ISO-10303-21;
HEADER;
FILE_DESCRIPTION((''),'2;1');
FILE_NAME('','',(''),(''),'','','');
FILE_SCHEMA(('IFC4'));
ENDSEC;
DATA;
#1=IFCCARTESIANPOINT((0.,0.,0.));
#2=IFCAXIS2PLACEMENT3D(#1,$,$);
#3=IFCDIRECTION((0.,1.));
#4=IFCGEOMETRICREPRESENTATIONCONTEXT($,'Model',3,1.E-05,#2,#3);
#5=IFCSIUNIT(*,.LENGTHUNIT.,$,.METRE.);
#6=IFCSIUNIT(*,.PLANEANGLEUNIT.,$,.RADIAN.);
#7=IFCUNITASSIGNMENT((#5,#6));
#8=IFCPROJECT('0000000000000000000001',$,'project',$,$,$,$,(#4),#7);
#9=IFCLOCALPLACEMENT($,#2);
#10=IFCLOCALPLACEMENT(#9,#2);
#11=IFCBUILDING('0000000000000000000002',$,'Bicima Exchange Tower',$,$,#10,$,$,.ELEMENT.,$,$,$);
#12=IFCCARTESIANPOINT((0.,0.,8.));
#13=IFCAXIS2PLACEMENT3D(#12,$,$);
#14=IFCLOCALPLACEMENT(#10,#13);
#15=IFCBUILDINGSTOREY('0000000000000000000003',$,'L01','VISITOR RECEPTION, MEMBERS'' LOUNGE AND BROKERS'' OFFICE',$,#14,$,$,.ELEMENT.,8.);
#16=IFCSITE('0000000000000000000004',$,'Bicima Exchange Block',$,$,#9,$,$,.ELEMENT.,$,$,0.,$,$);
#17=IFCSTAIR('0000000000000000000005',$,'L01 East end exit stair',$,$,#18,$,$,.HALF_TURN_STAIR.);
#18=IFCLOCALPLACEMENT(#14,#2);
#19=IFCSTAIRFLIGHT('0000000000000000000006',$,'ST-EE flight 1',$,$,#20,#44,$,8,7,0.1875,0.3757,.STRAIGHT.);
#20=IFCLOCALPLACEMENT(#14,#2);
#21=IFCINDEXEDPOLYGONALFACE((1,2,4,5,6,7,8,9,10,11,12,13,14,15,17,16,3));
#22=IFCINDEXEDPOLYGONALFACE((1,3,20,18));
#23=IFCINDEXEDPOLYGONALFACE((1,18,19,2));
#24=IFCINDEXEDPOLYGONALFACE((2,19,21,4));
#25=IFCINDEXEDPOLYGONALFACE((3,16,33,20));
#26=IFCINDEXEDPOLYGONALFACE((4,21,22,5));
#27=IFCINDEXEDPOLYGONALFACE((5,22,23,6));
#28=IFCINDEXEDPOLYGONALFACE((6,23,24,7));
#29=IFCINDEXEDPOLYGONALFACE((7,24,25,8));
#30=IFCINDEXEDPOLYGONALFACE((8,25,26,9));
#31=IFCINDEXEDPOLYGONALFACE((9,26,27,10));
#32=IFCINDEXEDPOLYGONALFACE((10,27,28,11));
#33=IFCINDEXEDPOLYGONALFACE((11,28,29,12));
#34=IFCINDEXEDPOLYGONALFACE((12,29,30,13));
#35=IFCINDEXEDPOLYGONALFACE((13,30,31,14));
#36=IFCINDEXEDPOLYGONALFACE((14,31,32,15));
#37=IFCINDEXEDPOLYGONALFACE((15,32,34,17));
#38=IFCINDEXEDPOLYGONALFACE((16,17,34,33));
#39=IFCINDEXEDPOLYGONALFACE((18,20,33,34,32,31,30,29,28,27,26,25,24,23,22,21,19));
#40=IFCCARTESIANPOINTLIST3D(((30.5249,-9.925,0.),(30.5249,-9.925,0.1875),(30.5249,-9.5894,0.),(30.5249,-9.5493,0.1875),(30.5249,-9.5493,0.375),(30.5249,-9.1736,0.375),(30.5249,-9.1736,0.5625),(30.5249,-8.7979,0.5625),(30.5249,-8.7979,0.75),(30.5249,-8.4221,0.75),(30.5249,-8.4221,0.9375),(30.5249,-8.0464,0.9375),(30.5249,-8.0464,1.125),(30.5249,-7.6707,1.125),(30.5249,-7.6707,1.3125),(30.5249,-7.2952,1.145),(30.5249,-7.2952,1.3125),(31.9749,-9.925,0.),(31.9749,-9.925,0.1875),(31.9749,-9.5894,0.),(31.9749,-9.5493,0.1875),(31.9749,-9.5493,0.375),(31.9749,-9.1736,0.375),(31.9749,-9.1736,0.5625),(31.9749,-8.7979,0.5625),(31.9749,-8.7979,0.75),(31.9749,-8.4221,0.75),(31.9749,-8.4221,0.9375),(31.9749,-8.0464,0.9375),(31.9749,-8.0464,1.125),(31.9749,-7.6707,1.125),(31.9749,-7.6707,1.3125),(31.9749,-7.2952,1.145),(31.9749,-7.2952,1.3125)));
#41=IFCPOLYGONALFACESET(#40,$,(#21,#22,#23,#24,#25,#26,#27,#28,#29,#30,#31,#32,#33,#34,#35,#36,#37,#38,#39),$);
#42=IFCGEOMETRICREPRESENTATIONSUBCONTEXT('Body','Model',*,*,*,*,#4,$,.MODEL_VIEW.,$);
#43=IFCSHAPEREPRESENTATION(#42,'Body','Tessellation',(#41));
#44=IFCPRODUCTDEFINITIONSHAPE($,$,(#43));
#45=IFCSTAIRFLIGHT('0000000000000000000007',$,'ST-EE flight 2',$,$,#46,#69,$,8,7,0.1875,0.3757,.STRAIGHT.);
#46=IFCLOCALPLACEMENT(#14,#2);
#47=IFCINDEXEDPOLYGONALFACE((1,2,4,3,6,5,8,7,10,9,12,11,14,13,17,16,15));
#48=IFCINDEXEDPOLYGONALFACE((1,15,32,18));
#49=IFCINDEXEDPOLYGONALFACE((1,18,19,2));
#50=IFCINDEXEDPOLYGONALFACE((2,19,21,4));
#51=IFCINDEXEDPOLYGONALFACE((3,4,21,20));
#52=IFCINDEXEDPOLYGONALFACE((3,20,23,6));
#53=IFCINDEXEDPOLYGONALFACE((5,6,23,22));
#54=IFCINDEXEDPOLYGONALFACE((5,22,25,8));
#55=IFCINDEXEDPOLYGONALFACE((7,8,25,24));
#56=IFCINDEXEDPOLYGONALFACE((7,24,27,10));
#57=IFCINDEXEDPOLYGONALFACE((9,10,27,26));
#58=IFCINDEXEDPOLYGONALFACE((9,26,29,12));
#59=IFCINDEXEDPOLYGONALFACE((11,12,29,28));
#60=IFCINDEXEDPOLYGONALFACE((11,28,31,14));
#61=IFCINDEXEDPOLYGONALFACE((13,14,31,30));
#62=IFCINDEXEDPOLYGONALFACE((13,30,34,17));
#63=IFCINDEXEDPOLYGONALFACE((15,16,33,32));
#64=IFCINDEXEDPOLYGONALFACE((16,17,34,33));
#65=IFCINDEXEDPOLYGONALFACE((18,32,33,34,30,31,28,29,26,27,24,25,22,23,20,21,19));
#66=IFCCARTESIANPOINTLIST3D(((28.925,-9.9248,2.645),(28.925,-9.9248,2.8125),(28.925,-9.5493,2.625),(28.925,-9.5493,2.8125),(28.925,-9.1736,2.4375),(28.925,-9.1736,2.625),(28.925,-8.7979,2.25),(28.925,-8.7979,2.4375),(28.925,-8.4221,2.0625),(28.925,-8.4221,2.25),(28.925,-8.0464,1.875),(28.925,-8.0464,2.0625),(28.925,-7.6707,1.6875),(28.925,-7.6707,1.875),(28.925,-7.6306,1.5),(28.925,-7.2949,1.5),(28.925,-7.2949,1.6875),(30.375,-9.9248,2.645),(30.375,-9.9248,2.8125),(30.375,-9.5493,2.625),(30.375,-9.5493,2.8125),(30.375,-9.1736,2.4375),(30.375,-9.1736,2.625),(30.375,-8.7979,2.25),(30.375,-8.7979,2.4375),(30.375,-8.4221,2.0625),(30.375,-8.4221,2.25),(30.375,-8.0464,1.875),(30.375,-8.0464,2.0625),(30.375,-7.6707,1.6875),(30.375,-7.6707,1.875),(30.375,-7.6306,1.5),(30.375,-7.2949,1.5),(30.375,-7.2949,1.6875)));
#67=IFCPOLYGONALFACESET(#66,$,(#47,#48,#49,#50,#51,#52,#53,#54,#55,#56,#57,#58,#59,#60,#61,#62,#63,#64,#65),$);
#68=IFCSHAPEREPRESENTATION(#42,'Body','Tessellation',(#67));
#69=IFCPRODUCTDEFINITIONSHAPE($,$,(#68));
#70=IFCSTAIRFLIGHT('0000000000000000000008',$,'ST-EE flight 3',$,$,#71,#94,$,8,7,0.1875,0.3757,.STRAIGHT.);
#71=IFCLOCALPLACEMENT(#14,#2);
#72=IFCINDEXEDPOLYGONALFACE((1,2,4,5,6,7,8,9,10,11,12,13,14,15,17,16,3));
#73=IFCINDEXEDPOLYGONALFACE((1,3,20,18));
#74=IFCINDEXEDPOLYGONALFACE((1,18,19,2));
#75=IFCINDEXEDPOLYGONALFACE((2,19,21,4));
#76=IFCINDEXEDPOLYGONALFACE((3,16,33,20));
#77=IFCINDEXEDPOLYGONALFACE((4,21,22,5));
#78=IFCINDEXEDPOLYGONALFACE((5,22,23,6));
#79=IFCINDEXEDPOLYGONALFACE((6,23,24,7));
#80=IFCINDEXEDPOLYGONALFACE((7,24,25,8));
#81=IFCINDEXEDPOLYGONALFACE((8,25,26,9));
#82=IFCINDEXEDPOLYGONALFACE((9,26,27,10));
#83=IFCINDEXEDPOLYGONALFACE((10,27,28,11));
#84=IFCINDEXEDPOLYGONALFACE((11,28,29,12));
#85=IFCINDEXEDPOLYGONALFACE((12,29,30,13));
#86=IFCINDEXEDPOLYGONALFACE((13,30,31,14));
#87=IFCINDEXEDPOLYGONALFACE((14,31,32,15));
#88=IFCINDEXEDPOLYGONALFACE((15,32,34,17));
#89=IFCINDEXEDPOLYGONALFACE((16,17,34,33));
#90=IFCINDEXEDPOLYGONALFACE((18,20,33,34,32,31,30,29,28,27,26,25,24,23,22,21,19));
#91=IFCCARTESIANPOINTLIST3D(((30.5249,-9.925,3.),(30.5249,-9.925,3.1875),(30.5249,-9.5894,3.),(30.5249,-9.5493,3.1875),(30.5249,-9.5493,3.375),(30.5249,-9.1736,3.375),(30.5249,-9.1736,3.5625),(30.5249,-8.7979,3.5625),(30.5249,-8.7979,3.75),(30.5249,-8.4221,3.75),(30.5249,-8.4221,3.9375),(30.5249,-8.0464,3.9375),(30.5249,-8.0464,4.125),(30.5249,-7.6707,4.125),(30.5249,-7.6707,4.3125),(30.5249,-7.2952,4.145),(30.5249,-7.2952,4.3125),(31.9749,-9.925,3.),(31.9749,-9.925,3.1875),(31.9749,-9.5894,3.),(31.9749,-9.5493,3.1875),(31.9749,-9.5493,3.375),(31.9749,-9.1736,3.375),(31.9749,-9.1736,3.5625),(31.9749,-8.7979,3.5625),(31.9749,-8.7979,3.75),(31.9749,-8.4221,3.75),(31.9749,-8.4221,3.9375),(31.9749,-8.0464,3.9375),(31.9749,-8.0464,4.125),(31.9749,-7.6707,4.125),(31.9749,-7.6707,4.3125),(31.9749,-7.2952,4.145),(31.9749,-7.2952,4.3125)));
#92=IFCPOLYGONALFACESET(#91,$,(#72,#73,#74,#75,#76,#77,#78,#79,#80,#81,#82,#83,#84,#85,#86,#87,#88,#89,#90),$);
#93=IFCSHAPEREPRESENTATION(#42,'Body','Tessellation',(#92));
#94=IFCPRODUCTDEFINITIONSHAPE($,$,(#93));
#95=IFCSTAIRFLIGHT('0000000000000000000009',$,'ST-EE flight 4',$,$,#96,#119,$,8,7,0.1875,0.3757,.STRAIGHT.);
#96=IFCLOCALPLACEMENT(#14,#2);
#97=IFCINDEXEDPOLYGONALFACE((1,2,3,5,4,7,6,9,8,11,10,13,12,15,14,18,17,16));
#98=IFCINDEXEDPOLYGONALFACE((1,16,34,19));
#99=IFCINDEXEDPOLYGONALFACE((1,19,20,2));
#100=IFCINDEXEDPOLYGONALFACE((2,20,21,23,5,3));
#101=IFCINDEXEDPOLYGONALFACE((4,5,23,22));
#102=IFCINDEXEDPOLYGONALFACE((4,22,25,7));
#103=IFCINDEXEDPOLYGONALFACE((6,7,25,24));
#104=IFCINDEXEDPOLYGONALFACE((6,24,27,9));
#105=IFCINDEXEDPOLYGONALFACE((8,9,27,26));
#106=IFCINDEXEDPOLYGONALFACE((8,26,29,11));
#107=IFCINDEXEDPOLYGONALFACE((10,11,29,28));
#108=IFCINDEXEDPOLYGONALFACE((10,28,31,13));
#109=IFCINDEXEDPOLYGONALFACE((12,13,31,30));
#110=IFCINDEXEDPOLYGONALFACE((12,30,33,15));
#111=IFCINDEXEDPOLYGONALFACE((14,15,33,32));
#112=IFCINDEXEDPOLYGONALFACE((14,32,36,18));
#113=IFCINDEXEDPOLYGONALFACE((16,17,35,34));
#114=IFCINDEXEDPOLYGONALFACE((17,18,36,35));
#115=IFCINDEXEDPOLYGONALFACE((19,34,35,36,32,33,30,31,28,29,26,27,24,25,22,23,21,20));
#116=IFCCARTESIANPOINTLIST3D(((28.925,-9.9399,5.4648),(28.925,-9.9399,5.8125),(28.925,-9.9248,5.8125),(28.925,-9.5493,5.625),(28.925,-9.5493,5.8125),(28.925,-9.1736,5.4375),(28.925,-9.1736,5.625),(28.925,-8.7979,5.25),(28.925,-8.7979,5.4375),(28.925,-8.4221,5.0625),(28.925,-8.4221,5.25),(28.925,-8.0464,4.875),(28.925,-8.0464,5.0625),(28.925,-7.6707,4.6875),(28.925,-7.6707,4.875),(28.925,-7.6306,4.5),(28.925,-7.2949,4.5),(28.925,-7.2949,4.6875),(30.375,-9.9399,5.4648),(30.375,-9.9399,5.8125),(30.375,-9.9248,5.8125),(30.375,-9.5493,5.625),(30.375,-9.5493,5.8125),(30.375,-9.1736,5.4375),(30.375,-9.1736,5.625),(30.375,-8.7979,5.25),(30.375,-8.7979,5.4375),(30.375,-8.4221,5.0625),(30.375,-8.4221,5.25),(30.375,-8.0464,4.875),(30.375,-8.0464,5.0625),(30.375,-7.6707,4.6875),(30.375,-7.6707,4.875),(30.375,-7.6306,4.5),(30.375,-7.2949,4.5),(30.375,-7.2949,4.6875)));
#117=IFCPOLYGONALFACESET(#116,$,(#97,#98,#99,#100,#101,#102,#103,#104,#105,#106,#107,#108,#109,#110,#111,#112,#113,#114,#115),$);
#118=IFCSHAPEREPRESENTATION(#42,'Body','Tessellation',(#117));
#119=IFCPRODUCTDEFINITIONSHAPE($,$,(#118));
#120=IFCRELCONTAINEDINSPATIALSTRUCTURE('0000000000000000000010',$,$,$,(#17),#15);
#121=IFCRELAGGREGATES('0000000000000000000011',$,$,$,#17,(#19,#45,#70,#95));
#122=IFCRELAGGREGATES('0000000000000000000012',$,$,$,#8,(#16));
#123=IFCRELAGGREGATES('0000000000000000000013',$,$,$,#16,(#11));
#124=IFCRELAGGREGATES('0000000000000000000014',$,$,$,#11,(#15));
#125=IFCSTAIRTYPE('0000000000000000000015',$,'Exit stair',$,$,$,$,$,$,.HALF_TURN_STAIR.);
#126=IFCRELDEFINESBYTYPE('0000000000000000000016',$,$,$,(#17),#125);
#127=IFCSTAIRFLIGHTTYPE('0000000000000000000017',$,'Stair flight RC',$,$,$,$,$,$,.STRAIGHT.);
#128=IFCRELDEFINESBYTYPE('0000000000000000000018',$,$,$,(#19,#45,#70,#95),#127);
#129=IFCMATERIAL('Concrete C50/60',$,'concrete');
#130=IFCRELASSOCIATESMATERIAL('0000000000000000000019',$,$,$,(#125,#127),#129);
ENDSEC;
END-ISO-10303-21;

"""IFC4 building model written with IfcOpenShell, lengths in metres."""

from ifc_helpers import new_model, si_unit, direction, frame, origin, place, context, subcontext, project, spatial, polyline, outline, extrude, material, type_object, element, aggregate, save


model = new_model("IFC4")

# Units and contexts
model_context = context("Model", 3, precision=1e-05, world=origin(), true_north=direction((0.0, 1.0)))
body_context = subcontext(model_context, "Body", "Model", "MODEL_VIEW")
ifc_project = project(units=[si_unit("LENGTHUNIT", "METRE"), si_unit("PLANEANGLEUNIT", "RADIAN")], contexts=[model_context])

# Site, building, storey
site_placement = place(None, origin())
site = spatial("IfcSite", under=ifc_project, at=site_placement, Name="Bicima Exchange Block", CompositionType="ELEMENT", RefElevation=0.0)
building_placement = place(site_placement, origin())
building = spatial("IfcBuilding", under=site, at=building_placement, Name="Bicima Exchange Tower", CompositionType="ELEMENT")
storey_placement = place(building_placement, frame((0.0, 0.0, 8.0)))
storey = spatial("IfcBuildingStorey", under=building, at=storey_placement, Name="L01", Description="VISITOR RECEPTION, MEMBERS' LOUNGE AND BROKERS' OFFICE", CompositionType="ELEMENT", Elevation=8.0)

# Shared definitions
ifc_material_1 = material(Name="Concrete C50/60", Category="concrete")

# Stair, stair flights
stair_type = type_object("IfcStairType", Name="Exit stair", PredefinedType="HALF_TURN_STAIR", material=ifc_material_1)
stair_placement = place(storey_placement, origin())
stair = element("IfcStair", 1, at=stair_placement, inside=storey, type_object=stair_type, Name="L01 East end exit stair", PredefinedType="HALF_TURN_STAIR")
stair_flight_type = type_object("IfcStairFlightType", Name="Stair flight RC", PredefinedType="STRAIGHT", material=ifc_material_1)
stair_flight_1_placement = place(storey_placement, frame((31.25, -9.925, 0.0), z_axis=(0.0, 0.0, 1.0), x_axis=(0.0, 1.0, 0.0)))
stair_flight_1 = element("IfcStairFlight", 2, at=stair_flight_1_placement, type_object=stair_flight_type, Name="ST-EE flight 1", NumberOfRisers=8, NumberOfTreads=7, PredefinedType="STRAIGHT", RiserHeight=0.1875, TreadLength=0.3757, context=body_context, shape_type="SweptSolid", body=[
    extrude(outline(polyline([(0.0, 0.0), (0.0, 0.1875), (0.3757, 0.1875), (0.3757, 0.375), (0.7515, 0.375), (0.7515, 0.5625), (1.1272, 0.5625), (1.1272, 0.75), (1.5029, 0.75), (1.5029, 0.9375), (1.8787, 0.9375), (1.8787, 1.125), (2.2544, 1.125), (2.2544, 1.3125), (2.6299, 1.3125), (2.6299, 1.5), (2.6299, 1.145), (0.3357, 0.0), (0.0, 0.0)])), frame((0.0, 0.7251, 0.0), z_axis=(0.0, -1.0, 0.0), x_axis=(1.0, 0.0, 0.0)), (0.0, 0.0, 1.0), 1.45),
])
stair_flight_2_placement = place(storey_placement, frame((29.6499, -7.2949, 1.5), z_axis=(0.0, 0.0, 1.0), x_axis=(0.0, -1.0, 0.0)))
stair_flight_2 = element("IfcStairFlight", 3, at=stair_flight_2_placement, type_object=stair_flight_type, Name="ST-EE flight 2", NumberOfRisers=8, NumberOfTreads=7, PredefinedType="STRAIGHT", RiserHeight=0.1875, TreadLength=0.3757, context=body_context, shape_type="SweptSolid", body=[
    extrude(outline(polyline([(0.0, 0.0), (0.0, 0.1875), (0.3757, 0.1875), (0.3757, 0.375), (0.7515, 0.375), (0.7515, 0.5625), (1.1272, 0.5625), (1.1272, 0.75), (1.5029, 0.75), (1.5029, 0.9375), (1.8787, 0.9375), (1.8787, 1.125), (2.2544, 1.125), (2.2544, 1.3125), (2.6299, 1.3125), (2.6299, 1.5), (2.6299, 1.145), (0.3357, 0.0), (0.0, 0.0)])), frame((0.0, 0.7251, 0.0), z_axis=(0.0, -1.0, 0.0), x_axis=(1.0, 0.0, 0.0)), (0.0, 0.0, 1.0), 1.45),
])
stair_flight_3_placement = place(storey_placement, frame((31.25, -9.925, 3.0), z_axis=(0.0, 0.0, 1.0), x_axis=(0.0, 1.0, 0.0)))
stair_flight_3 = element("IfcStairFlight", 4, at=stair_flight_3_placement, type_object=stair_flight_type, Name="ST-EE flight 3", NumberOfRisers=8, NumberOfTreads=7, PredefinedType="STRAIGHT", RiserHeight=0.1875, TreadLength=0.3757, context=body_context, shape_type="SweptSolid", body=[
    extrude(outline(polyline([(0.0, 0.0), (0.0, 0.1875), (0.3757, 0.1875), (0.3757, 0.375), (0.7515, 0.375), (0.7515, 0.5625), (1.1272, 0.5625), (1.1272, 0.75), (1.5029, 0.75), (1.5029, 0.9375), (1.8787, 0.9375), (1.8787, 1.125), (2.2544, 1.125), (2.2544, 1.3125), (2.6299, 1.3125), (2.6299, 1.5), (2.6299, 1.145), (0.3357, 0.0), (0.0, 0.0)])), frame((0.0, 0.7251, 0.0), z_axis=(0.0, -1.0, 0.0), x_axis=(1.0, 0.0, 0.0)), (0.0, 0.0, 1.0), 1.45),
])
stair_flight_4_placement = place(storey_placement, frame((29.6499, -7.2949, 4.5), z_axis=(0.0, 0.0, 1.0), x_axis=(0.0, -1.0, 0.0)))
stair_flight_4 = element("IfcStairFlight", 5, at=stair_flight_4_placement, type_object=stair_flight_type, Name="ST-EE flight 4", NumberOfRisers=8, NumberOfTreads=7, PredefinedType="STRAIGHT", RiserHeight=0.1875, TreadLength=0.3757, context=body_context, shape_type="SweptSolid", body=[
    extrude(outline(polyline([(0.0, 0.0), (0.0, 0.1875), (0.3757, 0.1875), (0.3757, 0.375), (0.7515, 0.375), (0.7515, 0.5625), (1.1272, 0.5625), (1.1272, 0.75), (1.5029, 0.75), (1.5029, 0.9375), (1.8787, 0.9375), (1.8787, 1.125), (2.2544, 1.125), (2.2544, 1.3125), (2.6299, 1.3125), (2.645, 1.3125), (2.645, 0.9648), (0.3357, 0.0), (0.0, 0.0)])), frame((0.0, 0.7251, 0.0), z_axis=(0.0, -1.0, 0.0), x_axis=(1.0, 0.0, 0.0)), (0.0, 0.0, 1.0), 1.45),
])
aggregate(stair, [stair_flight_1, stair_flight_2, stair_flight_3, stair_flight_4])

save(model, "model.ifc")
